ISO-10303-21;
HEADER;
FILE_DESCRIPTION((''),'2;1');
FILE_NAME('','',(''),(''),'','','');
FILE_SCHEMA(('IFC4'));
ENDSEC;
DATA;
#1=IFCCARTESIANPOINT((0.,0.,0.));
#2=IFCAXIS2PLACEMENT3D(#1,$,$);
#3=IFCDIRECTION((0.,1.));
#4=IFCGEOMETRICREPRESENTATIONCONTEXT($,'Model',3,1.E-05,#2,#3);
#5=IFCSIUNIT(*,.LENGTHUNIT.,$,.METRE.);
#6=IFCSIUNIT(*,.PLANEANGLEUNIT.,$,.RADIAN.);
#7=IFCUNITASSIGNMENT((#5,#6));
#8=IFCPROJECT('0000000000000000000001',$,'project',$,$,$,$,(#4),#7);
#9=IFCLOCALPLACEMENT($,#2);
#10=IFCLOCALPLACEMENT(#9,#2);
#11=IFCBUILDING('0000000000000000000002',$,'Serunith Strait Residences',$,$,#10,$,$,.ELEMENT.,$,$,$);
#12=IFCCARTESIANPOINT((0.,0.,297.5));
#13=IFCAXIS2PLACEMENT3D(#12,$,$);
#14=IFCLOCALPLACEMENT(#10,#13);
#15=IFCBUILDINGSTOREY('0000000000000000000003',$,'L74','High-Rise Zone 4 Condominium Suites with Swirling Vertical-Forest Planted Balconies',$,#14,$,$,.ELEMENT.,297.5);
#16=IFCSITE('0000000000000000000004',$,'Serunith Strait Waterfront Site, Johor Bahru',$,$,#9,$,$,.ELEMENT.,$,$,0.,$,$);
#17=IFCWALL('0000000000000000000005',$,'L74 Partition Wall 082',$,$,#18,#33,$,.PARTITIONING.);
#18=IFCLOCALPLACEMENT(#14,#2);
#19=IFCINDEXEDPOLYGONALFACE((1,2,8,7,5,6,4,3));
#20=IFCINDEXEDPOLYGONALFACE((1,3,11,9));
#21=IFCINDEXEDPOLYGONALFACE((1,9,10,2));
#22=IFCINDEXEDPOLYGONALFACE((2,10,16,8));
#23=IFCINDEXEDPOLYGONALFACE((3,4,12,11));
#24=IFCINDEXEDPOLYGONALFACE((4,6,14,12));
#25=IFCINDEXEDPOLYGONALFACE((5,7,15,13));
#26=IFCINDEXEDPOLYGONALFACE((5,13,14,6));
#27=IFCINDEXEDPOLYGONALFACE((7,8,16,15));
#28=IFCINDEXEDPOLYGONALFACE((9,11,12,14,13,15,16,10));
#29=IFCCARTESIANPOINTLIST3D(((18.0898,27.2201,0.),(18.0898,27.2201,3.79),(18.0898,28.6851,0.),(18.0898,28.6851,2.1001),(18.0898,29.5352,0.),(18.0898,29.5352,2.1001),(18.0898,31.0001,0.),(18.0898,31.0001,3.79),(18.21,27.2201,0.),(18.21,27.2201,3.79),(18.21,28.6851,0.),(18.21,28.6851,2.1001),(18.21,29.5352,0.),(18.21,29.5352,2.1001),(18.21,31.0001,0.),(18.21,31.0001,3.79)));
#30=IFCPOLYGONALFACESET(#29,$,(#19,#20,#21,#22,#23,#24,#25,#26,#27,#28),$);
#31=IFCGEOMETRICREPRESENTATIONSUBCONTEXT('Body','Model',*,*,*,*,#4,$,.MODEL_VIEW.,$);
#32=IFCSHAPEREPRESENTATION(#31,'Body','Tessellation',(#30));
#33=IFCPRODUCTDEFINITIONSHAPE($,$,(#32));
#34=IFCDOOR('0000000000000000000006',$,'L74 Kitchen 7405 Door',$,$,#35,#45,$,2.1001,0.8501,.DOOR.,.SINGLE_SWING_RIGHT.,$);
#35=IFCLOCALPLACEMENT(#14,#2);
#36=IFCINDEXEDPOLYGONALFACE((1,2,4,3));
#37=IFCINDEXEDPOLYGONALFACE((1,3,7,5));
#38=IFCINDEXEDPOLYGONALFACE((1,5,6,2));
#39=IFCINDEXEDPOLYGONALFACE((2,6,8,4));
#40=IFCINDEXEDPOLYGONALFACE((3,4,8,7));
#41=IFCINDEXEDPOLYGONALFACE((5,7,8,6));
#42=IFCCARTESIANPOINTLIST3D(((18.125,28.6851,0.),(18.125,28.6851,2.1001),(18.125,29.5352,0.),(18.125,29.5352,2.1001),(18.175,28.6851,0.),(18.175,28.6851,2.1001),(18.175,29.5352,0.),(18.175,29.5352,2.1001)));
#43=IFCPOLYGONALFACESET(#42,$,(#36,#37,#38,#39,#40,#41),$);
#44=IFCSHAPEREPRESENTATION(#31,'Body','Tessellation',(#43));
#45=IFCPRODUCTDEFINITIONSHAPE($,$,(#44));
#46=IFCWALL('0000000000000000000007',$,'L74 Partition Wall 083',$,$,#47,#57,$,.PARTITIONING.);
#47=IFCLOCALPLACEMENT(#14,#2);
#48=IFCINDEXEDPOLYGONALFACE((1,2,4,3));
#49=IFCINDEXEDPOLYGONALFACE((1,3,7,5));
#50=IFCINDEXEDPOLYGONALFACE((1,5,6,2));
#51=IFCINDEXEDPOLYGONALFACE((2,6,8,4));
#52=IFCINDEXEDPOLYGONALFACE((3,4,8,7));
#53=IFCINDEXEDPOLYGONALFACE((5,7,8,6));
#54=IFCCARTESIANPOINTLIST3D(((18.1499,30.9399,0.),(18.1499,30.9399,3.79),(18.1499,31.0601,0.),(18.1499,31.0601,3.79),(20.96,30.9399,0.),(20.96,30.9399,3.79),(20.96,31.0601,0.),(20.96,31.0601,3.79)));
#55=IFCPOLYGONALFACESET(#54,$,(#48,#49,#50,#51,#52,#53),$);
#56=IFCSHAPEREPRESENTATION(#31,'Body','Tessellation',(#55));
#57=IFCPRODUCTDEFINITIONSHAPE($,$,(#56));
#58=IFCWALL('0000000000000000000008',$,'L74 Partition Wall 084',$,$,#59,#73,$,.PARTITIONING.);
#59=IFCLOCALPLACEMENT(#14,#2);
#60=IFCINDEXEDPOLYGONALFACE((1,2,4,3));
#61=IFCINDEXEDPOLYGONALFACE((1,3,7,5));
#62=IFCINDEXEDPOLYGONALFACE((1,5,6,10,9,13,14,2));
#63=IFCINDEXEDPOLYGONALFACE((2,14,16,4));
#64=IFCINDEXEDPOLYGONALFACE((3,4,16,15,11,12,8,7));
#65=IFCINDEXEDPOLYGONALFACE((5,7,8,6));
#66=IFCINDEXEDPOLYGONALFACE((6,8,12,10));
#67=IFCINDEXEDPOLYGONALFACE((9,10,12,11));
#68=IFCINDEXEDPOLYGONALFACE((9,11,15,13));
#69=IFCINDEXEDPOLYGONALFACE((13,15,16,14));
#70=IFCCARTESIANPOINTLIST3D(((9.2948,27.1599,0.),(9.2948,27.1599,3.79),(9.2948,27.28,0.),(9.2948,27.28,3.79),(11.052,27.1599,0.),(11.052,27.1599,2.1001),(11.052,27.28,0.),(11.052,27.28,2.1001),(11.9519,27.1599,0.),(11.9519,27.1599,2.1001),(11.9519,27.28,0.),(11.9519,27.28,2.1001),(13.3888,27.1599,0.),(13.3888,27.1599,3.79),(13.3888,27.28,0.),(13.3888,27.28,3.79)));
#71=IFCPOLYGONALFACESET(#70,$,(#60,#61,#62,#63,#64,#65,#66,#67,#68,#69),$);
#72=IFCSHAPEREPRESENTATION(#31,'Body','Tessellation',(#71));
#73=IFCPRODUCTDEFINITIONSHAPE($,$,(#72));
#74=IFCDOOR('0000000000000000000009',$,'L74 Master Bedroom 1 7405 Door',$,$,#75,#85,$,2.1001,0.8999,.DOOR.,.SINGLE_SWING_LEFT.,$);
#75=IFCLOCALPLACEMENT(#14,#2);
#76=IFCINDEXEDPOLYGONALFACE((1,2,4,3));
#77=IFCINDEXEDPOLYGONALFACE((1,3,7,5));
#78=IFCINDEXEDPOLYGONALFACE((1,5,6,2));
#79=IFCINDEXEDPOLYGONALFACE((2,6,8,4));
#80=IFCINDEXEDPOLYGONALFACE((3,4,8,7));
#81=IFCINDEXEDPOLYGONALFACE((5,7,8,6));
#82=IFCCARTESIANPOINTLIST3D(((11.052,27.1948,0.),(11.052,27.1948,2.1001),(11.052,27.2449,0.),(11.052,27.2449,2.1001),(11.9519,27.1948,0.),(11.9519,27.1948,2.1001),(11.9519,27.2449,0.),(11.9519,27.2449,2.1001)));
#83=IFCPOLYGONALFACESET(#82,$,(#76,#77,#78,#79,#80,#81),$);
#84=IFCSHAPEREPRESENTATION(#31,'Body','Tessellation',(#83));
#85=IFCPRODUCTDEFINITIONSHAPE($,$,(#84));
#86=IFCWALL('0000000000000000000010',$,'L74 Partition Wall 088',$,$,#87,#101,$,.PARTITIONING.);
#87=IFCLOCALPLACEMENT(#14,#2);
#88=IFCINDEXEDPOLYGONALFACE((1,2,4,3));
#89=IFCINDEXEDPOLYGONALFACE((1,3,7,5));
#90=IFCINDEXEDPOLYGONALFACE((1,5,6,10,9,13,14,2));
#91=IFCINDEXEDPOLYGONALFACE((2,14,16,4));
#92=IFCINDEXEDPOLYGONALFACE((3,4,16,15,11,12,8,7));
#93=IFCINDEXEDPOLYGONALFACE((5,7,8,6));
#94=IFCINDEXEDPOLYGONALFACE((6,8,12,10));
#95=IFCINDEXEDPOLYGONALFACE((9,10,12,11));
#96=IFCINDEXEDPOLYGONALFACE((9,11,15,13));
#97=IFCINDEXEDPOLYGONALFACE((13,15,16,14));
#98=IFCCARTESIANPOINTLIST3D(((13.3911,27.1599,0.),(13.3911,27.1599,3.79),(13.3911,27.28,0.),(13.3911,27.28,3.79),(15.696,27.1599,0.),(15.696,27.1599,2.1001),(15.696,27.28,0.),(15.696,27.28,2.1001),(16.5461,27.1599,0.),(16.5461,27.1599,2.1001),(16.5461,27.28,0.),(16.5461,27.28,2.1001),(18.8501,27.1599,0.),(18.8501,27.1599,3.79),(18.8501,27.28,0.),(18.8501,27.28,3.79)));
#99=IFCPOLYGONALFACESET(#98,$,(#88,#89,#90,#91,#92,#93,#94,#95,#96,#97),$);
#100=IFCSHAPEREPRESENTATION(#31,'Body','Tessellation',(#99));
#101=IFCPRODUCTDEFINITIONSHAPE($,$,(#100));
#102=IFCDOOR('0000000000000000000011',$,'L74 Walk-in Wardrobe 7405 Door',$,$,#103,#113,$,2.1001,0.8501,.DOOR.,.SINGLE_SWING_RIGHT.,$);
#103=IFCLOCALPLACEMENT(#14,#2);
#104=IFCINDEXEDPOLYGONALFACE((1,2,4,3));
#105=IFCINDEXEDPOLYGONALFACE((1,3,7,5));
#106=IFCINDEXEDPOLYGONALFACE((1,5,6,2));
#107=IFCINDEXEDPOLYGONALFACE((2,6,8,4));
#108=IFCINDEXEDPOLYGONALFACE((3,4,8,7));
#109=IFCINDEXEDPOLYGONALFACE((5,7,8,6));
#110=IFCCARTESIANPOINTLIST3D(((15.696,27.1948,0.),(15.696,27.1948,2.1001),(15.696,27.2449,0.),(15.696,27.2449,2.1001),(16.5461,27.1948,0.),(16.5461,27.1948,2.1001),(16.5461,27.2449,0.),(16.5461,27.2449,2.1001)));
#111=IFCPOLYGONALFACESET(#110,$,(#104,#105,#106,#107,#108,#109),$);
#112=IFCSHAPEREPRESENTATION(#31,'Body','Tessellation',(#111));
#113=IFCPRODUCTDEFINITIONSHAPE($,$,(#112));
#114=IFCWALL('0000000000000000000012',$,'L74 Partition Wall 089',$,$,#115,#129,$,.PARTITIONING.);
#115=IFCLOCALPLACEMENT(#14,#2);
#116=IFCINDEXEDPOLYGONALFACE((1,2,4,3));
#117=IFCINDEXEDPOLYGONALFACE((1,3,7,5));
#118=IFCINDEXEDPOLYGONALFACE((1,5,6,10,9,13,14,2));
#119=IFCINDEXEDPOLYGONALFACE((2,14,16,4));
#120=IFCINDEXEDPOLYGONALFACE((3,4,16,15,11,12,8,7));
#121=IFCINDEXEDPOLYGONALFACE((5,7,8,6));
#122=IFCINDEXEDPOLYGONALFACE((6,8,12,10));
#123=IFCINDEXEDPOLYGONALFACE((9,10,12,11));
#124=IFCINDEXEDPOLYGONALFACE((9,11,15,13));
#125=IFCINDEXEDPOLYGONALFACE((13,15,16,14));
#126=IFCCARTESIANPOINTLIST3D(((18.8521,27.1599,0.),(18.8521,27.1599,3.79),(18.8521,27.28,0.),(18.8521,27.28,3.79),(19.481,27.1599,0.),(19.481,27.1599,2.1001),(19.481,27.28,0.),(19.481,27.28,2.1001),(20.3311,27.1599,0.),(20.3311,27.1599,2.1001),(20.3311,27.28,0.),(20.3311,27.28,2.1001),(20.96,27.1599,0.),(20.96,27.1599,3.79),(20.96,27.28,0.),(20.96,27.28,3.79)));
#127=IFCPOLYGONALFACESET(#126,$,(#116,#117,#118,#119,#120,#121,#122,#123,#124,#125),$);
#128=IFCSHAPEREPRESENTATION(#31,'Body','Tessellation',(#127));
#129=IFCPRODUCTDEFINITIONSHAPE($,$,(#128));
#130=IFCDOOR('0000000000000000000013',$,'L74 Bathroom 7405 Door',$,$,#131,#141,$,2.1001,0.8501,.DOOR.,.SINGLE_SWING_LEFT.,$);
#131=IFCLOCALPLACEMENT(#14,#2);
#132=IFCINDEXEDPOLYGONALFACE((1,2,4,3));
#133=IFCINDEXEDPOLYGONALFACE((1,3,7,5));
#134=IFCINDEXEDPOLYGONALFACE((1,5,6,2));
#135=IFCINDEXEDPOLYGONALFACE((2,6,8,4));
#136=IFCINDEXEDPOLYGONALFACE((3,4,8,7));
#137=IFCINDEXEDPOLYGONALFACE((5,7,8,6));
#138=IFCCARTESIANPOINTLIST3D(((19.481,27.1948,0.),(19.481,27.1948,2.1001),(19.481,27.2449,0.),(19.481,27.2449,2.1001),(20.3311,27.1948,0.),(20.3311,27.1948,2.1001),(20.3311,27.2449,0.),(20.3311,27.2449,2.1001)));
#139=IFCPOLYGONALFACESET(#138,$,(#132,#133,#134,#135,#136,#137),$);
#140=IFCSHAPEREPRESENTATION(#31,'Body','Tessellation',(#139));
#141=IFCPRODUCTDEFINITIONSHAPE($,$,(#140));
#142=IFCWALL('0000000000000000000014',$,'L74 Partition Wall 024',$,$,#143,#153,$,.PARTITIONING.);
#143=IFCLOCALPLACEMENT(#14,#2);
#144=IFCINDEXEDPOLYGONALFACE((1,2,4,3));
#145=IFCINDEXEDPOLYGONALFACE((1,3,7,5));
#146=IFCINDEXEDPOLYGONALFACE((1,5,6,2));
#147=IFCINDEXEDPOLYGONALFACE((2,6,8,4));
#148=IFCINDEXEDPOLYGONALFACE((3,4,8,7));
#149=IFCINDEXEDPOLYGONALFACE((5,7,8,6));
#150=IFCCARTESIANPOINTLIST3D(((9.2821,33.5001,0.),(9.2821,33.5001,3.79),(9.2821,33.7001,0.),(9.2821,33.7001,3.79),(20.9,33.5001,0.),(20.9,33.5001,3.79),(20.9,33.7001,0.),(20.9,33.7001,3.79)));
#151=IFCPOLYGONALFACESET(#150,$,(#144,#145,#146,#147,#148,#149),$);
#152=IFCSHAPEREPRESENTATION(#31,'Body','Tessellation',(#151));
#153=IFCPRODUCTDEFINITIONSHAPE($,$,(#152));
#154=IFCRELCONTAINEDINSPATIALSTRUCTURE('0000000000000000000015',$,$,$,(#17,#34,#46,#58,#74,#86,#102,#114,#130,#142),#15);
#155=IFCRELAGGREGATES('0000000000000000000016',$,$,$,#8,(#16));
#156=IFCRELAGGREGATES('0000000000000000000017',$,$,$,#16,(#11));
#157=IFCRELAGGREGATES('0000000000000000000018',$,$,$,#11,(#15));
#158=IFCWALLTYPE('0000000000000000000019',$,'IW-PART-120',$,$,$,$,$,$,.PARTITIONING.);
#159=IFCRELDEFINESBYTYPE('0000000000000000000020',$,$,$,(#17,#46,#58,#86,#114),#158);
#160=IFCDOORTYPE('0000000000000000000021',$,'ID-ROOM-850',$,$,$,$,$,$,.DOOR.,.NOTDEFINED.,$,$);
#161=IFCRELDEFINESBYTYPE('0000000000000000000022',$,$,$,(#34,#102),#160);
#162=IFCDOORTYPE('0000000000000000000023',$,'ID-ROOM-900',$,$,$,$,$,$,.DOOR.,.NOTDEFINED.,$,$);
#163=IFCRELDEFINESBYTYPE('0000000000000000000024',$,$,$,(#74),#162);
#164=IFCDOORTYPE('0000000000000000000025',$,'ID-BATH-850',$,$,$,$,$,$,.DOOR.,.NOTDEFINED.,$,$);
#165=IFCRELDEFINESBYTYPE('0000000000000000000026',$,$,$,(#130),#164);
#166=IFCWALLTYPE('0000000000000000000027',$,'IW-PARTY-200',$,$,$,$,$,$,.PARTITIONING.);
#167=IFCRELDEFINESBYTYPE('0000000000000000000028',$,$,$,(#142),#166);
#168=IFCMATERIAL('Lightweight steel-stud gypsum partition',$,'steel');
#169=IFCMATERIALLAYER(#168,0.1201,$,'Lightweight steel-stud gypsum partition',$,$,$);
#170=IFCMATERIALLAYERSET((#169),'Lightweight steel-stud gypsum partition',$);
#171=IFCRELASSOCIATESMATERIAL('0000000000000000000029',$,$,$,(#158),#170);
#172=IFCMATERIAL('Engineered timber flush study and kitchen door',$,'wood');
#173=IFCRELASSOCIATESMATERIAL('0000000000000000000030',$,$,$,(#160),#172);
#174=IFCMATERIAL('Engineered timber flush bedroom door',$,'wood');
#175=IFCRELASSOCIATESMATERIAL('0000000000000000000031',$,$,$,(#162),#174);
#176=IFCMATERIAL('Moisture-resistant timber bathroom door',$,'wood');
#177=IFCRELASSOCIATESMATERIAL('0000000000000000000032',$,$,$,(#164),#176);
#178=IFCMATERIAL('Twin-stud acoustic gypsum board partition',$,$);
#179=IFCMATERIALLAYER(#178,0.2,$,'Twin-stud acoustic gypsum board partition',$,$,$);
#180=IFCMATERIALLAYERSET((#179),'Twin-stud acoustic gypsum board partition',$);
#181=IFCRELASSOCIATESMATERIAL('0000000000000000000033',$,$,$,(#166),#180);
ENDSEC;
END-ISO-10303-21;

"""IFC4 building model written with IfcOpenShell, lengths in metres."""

from ifc_helpers import new_model, si_unit, direction, frame, frame_2d, origin, place, context, subcontext, project, spatial, rectangle, extrude, source, transform, mapped, material, layer, layer_set, type_object, element, fill, save


model = new_model("IFC4")

# Units and contexts
model_context = context("Model", 3, precision=1e-05, world=origin(), true_north=direction((0.0, 1.0)))
body_context = subcontext(model_context, "Body", "Model", "MODEL_VIEW")
ifc_project = project(units=[si_unit("LENGTHUNIT", "METRE"), si_unit("PLANEANGLEUNIT", "RADIAN")], contexts=[model_context])

# Site, building, storey
site_placement = place(None, origin())
site = spatial("IfcSite", under=ifc_project, at=site_placement, Name="Serunith Strait Waterfront Site, Johor Bahru", CompositionType="ELEMENT", RefElevation=0.0)
building_placement = place(site_placement, origin())
building = spatial("IfcBuilding", under=site, at=building_placement, Name="Serunith Strait Residences", CompositionType="ELEMENT")
storey_placement = place(building_placement, frame((0.0, 0.0, 297.5)))
storey = spatial("IfcBuildingStorey", under=building, at=storey_placement, Name="L74", Description="High-Rise Zone 4 Condominium Suites with Swirling Vertical-Forest Planted Balconies", CompositionType="ELEMENT", Elevation=297.5)

# Wall, opening, door
ifc_material_1 = material(Name="Lightweight steel-stud gypsum partition", Category="steel")
ifc_layer_1 = layer(ifc_material_1, 0.1201, Name="Lightweight steel-stud gypsum partition")
ifc_layer_set_1 = layer_set([ifc_layer_1], Name="Lightweight steel-stud gypsum partition")
wall_type_1 = type_object("IfcWallType", Name="IW-PART-120", PredefinedType="PARTITIONING", material=ifc_layer_set_1)
wall_1_placement = place(storey_placement, frame((18.1499, 27.22, 0.0), z_axis=(0.0, 0.0, 1.0), x_axis=(0.0, 1.0, 0.0)))
wall_1 = element("IfcWall", 1, at=wall_1_placement, inside=storey, type_object=wall_type_1, Name="L74 Partition Wall 082", PredefinedType="PARTITIONING", context=body_context, shape_type="SweptSolid", body=[
    extrude(rectangle(XDim=3.78, YDim=0.1201, at=frame_2d((1.8901, 0.0))), origin(), (0.0, 0.0, 1.0), 3.79),
])
opening_1_placement = place(wall_1_placement, frame((1.4651, 0.0, 0.0)))
opening_1 = element("IfcOpeningElement", 2, at=opening_1_placement, cuts=wall_1, PredefinedType="OPENING", context=body_context, shape_type="SweptSolid", body=[
    extrude(rectangle(XDim=0.8501, YDim=2.1001, at=frame_2d((0.425, 1.05))), frame((0.0, 0.0701, 0.0), z_axis=(0.0, -1.0, 0.0), x_axis=(1.0, 0.0, 0.0)), (0.0, 0.0, 1.0), 0.1401),
])
ifc_material_2 = material(Name="Engineered timber flush study and kitchen door", Category="wood")
door_type_1 = type_object("IfcDoorType", Name="ID-ROOM-850", OperationType="NOTDEFINED", PredefinedType="DOOR", material=ifc_material_2)
shared_shape_1 = source(origin(), body_context, "Body", "SweptSolid", [
    extrude(rectangle(XDim=0.8501, YDim=2.1001, at=frame_2d((0.425, 1.05))), frame((0.0, 0.0249, 0.0), z_axis=(0.0, -1.0, 0.0), x_axis=(1.0, 0.0, 0.0)), (0.0, 0.0, 1.0), 0.05),
])
door_1_placement = place(opening_1_placement, origin())
door_1 = element("IfcDoor", 3, at=door_1_placement, inside=storey, type_object=door_type_1, Name="L74 Kitchen 7405 Door", OperationType="SINGLE_SWING_RIGHT", OverallHeight=2.1001, OverallWidth=0.8501, PredefinedType="DOOR", context=body_context, shape_type="MappedRepresentation", body=[
    mapped(shared_shape_1, transform((0.0, 0.0, 0.0), scale=1.0)),
])
fill(opening_1, door_1)

# Wall
wall_2_placement = place(storey_placement, frame((18.1499, 31.0, 0.0), z_axis=(0.0, 0.0, 1.0), x_axis=(1.0, 0.0, 0.0)))
element("IfcWall", 4, at=wall_2_placement, inside=storey, type_object=wall_type_1, Name="L74 Partition Wall 083", PredefinedType="PARTITIONING", context=body_context, shape_type="SweptSolid", body=[
    extrude(rectangle(XDim=2.8101, YDim=0.1201, at=frame_2d((1.405, 0.0))), origin(), (0.0, 0.0, 1.0), 3.79),
])

# Walls, openings, doors
wall_3_placement = place(storey_placement, frame((9.2949, 27.22, 0.0), z_axis=(0.0, 0.0, 1.0), x_axis=(1.0, 0.0, 0.0)))
wall_3 = element("IfcWall", 5, at=wall_3_placement, inside=storey, type_object=wall_type_1, Name="L74 Partition Wall 084", PredefinedType="PARTITIONING", context=body_context, shape_type="SweptSolid", body=[
    extrude(rectangle(XDim=4.094, YDim=0.1201, at=frame_2d((2.0469, 0.0))), origin(), (0.0, 0.0, 1.0), 3.79),
])
opening_2_placement = place(wall_3_placement, frame((1.7571, 0.0, 0.0)))
opening_2 = element("IfcOpeningElement", 6, at=opening_2_placement, cuts=wall_3, PredefinedType="OPENING", context=body_context, shape_type="SweptSolid", body=[
    extrude(rectangle(XDim=0.8999, YDim=2.1001, at=frame_2d((0.45, 1.05))), frame((0.0, 0.0701, 0.0), z_axis=(0.0, -1.0, 0.0), x_axis=(1.0, 0.0, 0.0)), (0.0, 0.0, 1.0), 0.1401),
])
ifc_material_3 = material(Name="Engineered timber flush bedroom door", Category="wood")
door_type_2 = type_object("IfcDoorType", Name="ID-ROOM-900", OperationType="NOTDEFINED", PredefinedType="DOOR", material=ifc_material_3)
shared_shape_2 = source(origin(), body_context, "Body", "SweptSolid", [
    extrude(rectangle(XDim=0.8999, YDim=2.1001, at=frame_2d((0.45, 1.05))), frame((0.0, 0.0249, 0.0), z_axis=(0.0, -1.0, 0.0), x_axis=(1.0, 0.0, 0.0)), (0.0, 0.0, 1.0), 0.05),
])
door_2_placement = place(opening_2_placement, origin())
door_2 = element("IfcDoor", 7, at=door_2_placement, inside=storey, type_object=door_type_2, Name="L74 Master Bedroom 1 7405 Door", OperationType="SINGLE_SWING_LEFT", OverallHeight=2.1001, OverallWidth=0.8999, PredefinedType="DOOR", context=body_context, shape_type="MappedRepresentation", body=[
    mapped(shared_shape_2, transform((0.0, 0.0, 0.0), scale=1.0)),
])
fill(opening_2, door_2)
wall_4_placement = place(storey_placement, frame((13.3911, 27.22, 0.0), z_axis=(0.0, 0.0, 1.0), x_axis=(1.0, 0.0, 0.0)))
wall_4 = element("IfcWall", 8, at=wall_4_placement, inside=storey, type_object=wall_type_1, Name="L74 Partition Wall 088", PredefinedType="PARTITIONING", context=body_context, shape_type="SweptSolid", body=[
    extrude(rectangle(XDim=5.459, YDim=0.1201, at=frame_2d((2.7295, 0.0))), origin(), (0.0, 0.0, 1.0), 3.79),
])
opening_3_placement = place(wall_4_placement, frame((2.3049, 0.0, 0.0)))
opening_3 = element("IfcOpeningElement", 9, at=opening_3_placement, cuts=wall_4, PredefinedType="OPENING", context=body_context, shape_type="SweptSolid", body=[
    extrude(rectangle(XDim=0.8501, YDim=2.1001, at=frame_2d((0.425, 1.05))), frame((0.0, 0.0701, 0.0), z_axis=(0.0, -1.0, 0.0), x_axis=(1.0, 0.0, 0.0)), (0.0, 0.0, 1.0), 0.1401),
])
door_3_placement = place(opening_3_placement, origin())
door_3 = element("IfcDoor", 10, at=door_3_placement, inside=storey, type_object=door_type_1, Name="L74 Walk-in Wardrobe 7405 Door", OperationType="SINGLE_SWING_RIGHT", OverallHeight=2.1001, OverallWidth=0.8501, PredefinedType="DOOR", context=body_context, shape_type="MappedRepresentation", body=[
    mapped(shared_shape_1, transform((0.0, 0.0, 0.0), scale=1.0)),
])
fill(opening_3, door_3)
wall_5_placement = place(storey_placement, frame((18.8521, 27.22, 0.0), z_axis=(0.0, 0.0, 1.0), x_axis=(1.0, 0.0, 0.0)))
wall_5 = element("IfcWall", 11, at=wall_5_placement, inside=storey, type_object=wall_type_1, Name="L74 Partition Wall 089", PredefinedType="PARTITIONING", context=body_context, shape_type="SweptSolid", body=[
    extrude(rectangle(XDim=2.1079, YDim=0.1201, at=frame_2d((1.054, 0.0))), origin(), (0.0, 0.0, 1.0), 3.79),
])
opening_4_placement = place(wall_5_placement, frame((0.6289, 0.0, 0.0)))
opening_4 = element("IfcOpeningElement", 12, at=opening_4_placement, cuts=wall_5, PredefinedType="OPENING", context=body_context, shape_type="SweptSolid", body=[
    extrude(rectangle(XDim=0.8501, YDim=2.1001, at=frame_2d((0.425, 1.05))), frame((0.0, 0.0701, 0.0), z_axis=(0.0, -1.0, 0.0), x_axis=(1.0, 0.0, 0.0)), (0.0, 0.0, 1.0), 0.1401),
])
ifc_material_4 = material(Name="Moisture-resistant timber bathroom door", Category="wood")
door_type_3 = type_object("IfcDoorType", Name="ID-BATH-850", OperationType="NOTDEFINED", PredefinedType="DOOR", material=ifc_material_4)
door_4_placement = place(opening_4_placement, origin())
door_4 = element("IfcDoor", 13, at=door_4_placement, inside=storey, type_object=door_type_3, Name="L74 Bathroom 7405 Door", OperationType="SINGLE_SWING_LEFT", OverallHeight=2.1001, OverallWidth=0.8501, PredefinedType="DOOR", context=body_context, shape_type="MappedRepresentation", body=[
    mapped(shared_shape_1, transform((0.0, 0.0, 0.0), scale=1.0)),
])
fill(opening_4, door_4)

# Wall
ifc_material_5 = material(Name="Twin-stud acoustic gypsum board partition")
ifc_layer_2 = layer(ifc_material_5, 0.2, Name="Twin-stud acoustic gypsum board partition")
ifc_layer_set_2 = layer_set([ifc_layer_2], Name="Twin-stud acoustic gypsum board partition")
wall_type_2 = type_object("IfcWallType", Name="IW-PARTY-200", PredefinedType="PARTITIONING", material=ifc_layer_set_2)
wall_6_placement = place(storey_placement, frame((9.282, 33.6001, 0.0), z_axis=(0.0, 0.0, 1.0), x_axis=(1.0, 0.0, 0.0)))
element("IfcWall", 14, at=wall_6_placement, inside=storey, type_object=wall_type_2, Name="L74 Partition Wall 024", PredefinedType="PARTITIONING", context=body_context, shape_type="SweptSolid", body=[
    extrude(rectangle(XDim=11.6179, YDim=0.2, at=frame_2d((5.8091, 0.0))), origin(), (0.0, 0.0, 1.0), 3.79),
])

save(model, "model.ifc")
